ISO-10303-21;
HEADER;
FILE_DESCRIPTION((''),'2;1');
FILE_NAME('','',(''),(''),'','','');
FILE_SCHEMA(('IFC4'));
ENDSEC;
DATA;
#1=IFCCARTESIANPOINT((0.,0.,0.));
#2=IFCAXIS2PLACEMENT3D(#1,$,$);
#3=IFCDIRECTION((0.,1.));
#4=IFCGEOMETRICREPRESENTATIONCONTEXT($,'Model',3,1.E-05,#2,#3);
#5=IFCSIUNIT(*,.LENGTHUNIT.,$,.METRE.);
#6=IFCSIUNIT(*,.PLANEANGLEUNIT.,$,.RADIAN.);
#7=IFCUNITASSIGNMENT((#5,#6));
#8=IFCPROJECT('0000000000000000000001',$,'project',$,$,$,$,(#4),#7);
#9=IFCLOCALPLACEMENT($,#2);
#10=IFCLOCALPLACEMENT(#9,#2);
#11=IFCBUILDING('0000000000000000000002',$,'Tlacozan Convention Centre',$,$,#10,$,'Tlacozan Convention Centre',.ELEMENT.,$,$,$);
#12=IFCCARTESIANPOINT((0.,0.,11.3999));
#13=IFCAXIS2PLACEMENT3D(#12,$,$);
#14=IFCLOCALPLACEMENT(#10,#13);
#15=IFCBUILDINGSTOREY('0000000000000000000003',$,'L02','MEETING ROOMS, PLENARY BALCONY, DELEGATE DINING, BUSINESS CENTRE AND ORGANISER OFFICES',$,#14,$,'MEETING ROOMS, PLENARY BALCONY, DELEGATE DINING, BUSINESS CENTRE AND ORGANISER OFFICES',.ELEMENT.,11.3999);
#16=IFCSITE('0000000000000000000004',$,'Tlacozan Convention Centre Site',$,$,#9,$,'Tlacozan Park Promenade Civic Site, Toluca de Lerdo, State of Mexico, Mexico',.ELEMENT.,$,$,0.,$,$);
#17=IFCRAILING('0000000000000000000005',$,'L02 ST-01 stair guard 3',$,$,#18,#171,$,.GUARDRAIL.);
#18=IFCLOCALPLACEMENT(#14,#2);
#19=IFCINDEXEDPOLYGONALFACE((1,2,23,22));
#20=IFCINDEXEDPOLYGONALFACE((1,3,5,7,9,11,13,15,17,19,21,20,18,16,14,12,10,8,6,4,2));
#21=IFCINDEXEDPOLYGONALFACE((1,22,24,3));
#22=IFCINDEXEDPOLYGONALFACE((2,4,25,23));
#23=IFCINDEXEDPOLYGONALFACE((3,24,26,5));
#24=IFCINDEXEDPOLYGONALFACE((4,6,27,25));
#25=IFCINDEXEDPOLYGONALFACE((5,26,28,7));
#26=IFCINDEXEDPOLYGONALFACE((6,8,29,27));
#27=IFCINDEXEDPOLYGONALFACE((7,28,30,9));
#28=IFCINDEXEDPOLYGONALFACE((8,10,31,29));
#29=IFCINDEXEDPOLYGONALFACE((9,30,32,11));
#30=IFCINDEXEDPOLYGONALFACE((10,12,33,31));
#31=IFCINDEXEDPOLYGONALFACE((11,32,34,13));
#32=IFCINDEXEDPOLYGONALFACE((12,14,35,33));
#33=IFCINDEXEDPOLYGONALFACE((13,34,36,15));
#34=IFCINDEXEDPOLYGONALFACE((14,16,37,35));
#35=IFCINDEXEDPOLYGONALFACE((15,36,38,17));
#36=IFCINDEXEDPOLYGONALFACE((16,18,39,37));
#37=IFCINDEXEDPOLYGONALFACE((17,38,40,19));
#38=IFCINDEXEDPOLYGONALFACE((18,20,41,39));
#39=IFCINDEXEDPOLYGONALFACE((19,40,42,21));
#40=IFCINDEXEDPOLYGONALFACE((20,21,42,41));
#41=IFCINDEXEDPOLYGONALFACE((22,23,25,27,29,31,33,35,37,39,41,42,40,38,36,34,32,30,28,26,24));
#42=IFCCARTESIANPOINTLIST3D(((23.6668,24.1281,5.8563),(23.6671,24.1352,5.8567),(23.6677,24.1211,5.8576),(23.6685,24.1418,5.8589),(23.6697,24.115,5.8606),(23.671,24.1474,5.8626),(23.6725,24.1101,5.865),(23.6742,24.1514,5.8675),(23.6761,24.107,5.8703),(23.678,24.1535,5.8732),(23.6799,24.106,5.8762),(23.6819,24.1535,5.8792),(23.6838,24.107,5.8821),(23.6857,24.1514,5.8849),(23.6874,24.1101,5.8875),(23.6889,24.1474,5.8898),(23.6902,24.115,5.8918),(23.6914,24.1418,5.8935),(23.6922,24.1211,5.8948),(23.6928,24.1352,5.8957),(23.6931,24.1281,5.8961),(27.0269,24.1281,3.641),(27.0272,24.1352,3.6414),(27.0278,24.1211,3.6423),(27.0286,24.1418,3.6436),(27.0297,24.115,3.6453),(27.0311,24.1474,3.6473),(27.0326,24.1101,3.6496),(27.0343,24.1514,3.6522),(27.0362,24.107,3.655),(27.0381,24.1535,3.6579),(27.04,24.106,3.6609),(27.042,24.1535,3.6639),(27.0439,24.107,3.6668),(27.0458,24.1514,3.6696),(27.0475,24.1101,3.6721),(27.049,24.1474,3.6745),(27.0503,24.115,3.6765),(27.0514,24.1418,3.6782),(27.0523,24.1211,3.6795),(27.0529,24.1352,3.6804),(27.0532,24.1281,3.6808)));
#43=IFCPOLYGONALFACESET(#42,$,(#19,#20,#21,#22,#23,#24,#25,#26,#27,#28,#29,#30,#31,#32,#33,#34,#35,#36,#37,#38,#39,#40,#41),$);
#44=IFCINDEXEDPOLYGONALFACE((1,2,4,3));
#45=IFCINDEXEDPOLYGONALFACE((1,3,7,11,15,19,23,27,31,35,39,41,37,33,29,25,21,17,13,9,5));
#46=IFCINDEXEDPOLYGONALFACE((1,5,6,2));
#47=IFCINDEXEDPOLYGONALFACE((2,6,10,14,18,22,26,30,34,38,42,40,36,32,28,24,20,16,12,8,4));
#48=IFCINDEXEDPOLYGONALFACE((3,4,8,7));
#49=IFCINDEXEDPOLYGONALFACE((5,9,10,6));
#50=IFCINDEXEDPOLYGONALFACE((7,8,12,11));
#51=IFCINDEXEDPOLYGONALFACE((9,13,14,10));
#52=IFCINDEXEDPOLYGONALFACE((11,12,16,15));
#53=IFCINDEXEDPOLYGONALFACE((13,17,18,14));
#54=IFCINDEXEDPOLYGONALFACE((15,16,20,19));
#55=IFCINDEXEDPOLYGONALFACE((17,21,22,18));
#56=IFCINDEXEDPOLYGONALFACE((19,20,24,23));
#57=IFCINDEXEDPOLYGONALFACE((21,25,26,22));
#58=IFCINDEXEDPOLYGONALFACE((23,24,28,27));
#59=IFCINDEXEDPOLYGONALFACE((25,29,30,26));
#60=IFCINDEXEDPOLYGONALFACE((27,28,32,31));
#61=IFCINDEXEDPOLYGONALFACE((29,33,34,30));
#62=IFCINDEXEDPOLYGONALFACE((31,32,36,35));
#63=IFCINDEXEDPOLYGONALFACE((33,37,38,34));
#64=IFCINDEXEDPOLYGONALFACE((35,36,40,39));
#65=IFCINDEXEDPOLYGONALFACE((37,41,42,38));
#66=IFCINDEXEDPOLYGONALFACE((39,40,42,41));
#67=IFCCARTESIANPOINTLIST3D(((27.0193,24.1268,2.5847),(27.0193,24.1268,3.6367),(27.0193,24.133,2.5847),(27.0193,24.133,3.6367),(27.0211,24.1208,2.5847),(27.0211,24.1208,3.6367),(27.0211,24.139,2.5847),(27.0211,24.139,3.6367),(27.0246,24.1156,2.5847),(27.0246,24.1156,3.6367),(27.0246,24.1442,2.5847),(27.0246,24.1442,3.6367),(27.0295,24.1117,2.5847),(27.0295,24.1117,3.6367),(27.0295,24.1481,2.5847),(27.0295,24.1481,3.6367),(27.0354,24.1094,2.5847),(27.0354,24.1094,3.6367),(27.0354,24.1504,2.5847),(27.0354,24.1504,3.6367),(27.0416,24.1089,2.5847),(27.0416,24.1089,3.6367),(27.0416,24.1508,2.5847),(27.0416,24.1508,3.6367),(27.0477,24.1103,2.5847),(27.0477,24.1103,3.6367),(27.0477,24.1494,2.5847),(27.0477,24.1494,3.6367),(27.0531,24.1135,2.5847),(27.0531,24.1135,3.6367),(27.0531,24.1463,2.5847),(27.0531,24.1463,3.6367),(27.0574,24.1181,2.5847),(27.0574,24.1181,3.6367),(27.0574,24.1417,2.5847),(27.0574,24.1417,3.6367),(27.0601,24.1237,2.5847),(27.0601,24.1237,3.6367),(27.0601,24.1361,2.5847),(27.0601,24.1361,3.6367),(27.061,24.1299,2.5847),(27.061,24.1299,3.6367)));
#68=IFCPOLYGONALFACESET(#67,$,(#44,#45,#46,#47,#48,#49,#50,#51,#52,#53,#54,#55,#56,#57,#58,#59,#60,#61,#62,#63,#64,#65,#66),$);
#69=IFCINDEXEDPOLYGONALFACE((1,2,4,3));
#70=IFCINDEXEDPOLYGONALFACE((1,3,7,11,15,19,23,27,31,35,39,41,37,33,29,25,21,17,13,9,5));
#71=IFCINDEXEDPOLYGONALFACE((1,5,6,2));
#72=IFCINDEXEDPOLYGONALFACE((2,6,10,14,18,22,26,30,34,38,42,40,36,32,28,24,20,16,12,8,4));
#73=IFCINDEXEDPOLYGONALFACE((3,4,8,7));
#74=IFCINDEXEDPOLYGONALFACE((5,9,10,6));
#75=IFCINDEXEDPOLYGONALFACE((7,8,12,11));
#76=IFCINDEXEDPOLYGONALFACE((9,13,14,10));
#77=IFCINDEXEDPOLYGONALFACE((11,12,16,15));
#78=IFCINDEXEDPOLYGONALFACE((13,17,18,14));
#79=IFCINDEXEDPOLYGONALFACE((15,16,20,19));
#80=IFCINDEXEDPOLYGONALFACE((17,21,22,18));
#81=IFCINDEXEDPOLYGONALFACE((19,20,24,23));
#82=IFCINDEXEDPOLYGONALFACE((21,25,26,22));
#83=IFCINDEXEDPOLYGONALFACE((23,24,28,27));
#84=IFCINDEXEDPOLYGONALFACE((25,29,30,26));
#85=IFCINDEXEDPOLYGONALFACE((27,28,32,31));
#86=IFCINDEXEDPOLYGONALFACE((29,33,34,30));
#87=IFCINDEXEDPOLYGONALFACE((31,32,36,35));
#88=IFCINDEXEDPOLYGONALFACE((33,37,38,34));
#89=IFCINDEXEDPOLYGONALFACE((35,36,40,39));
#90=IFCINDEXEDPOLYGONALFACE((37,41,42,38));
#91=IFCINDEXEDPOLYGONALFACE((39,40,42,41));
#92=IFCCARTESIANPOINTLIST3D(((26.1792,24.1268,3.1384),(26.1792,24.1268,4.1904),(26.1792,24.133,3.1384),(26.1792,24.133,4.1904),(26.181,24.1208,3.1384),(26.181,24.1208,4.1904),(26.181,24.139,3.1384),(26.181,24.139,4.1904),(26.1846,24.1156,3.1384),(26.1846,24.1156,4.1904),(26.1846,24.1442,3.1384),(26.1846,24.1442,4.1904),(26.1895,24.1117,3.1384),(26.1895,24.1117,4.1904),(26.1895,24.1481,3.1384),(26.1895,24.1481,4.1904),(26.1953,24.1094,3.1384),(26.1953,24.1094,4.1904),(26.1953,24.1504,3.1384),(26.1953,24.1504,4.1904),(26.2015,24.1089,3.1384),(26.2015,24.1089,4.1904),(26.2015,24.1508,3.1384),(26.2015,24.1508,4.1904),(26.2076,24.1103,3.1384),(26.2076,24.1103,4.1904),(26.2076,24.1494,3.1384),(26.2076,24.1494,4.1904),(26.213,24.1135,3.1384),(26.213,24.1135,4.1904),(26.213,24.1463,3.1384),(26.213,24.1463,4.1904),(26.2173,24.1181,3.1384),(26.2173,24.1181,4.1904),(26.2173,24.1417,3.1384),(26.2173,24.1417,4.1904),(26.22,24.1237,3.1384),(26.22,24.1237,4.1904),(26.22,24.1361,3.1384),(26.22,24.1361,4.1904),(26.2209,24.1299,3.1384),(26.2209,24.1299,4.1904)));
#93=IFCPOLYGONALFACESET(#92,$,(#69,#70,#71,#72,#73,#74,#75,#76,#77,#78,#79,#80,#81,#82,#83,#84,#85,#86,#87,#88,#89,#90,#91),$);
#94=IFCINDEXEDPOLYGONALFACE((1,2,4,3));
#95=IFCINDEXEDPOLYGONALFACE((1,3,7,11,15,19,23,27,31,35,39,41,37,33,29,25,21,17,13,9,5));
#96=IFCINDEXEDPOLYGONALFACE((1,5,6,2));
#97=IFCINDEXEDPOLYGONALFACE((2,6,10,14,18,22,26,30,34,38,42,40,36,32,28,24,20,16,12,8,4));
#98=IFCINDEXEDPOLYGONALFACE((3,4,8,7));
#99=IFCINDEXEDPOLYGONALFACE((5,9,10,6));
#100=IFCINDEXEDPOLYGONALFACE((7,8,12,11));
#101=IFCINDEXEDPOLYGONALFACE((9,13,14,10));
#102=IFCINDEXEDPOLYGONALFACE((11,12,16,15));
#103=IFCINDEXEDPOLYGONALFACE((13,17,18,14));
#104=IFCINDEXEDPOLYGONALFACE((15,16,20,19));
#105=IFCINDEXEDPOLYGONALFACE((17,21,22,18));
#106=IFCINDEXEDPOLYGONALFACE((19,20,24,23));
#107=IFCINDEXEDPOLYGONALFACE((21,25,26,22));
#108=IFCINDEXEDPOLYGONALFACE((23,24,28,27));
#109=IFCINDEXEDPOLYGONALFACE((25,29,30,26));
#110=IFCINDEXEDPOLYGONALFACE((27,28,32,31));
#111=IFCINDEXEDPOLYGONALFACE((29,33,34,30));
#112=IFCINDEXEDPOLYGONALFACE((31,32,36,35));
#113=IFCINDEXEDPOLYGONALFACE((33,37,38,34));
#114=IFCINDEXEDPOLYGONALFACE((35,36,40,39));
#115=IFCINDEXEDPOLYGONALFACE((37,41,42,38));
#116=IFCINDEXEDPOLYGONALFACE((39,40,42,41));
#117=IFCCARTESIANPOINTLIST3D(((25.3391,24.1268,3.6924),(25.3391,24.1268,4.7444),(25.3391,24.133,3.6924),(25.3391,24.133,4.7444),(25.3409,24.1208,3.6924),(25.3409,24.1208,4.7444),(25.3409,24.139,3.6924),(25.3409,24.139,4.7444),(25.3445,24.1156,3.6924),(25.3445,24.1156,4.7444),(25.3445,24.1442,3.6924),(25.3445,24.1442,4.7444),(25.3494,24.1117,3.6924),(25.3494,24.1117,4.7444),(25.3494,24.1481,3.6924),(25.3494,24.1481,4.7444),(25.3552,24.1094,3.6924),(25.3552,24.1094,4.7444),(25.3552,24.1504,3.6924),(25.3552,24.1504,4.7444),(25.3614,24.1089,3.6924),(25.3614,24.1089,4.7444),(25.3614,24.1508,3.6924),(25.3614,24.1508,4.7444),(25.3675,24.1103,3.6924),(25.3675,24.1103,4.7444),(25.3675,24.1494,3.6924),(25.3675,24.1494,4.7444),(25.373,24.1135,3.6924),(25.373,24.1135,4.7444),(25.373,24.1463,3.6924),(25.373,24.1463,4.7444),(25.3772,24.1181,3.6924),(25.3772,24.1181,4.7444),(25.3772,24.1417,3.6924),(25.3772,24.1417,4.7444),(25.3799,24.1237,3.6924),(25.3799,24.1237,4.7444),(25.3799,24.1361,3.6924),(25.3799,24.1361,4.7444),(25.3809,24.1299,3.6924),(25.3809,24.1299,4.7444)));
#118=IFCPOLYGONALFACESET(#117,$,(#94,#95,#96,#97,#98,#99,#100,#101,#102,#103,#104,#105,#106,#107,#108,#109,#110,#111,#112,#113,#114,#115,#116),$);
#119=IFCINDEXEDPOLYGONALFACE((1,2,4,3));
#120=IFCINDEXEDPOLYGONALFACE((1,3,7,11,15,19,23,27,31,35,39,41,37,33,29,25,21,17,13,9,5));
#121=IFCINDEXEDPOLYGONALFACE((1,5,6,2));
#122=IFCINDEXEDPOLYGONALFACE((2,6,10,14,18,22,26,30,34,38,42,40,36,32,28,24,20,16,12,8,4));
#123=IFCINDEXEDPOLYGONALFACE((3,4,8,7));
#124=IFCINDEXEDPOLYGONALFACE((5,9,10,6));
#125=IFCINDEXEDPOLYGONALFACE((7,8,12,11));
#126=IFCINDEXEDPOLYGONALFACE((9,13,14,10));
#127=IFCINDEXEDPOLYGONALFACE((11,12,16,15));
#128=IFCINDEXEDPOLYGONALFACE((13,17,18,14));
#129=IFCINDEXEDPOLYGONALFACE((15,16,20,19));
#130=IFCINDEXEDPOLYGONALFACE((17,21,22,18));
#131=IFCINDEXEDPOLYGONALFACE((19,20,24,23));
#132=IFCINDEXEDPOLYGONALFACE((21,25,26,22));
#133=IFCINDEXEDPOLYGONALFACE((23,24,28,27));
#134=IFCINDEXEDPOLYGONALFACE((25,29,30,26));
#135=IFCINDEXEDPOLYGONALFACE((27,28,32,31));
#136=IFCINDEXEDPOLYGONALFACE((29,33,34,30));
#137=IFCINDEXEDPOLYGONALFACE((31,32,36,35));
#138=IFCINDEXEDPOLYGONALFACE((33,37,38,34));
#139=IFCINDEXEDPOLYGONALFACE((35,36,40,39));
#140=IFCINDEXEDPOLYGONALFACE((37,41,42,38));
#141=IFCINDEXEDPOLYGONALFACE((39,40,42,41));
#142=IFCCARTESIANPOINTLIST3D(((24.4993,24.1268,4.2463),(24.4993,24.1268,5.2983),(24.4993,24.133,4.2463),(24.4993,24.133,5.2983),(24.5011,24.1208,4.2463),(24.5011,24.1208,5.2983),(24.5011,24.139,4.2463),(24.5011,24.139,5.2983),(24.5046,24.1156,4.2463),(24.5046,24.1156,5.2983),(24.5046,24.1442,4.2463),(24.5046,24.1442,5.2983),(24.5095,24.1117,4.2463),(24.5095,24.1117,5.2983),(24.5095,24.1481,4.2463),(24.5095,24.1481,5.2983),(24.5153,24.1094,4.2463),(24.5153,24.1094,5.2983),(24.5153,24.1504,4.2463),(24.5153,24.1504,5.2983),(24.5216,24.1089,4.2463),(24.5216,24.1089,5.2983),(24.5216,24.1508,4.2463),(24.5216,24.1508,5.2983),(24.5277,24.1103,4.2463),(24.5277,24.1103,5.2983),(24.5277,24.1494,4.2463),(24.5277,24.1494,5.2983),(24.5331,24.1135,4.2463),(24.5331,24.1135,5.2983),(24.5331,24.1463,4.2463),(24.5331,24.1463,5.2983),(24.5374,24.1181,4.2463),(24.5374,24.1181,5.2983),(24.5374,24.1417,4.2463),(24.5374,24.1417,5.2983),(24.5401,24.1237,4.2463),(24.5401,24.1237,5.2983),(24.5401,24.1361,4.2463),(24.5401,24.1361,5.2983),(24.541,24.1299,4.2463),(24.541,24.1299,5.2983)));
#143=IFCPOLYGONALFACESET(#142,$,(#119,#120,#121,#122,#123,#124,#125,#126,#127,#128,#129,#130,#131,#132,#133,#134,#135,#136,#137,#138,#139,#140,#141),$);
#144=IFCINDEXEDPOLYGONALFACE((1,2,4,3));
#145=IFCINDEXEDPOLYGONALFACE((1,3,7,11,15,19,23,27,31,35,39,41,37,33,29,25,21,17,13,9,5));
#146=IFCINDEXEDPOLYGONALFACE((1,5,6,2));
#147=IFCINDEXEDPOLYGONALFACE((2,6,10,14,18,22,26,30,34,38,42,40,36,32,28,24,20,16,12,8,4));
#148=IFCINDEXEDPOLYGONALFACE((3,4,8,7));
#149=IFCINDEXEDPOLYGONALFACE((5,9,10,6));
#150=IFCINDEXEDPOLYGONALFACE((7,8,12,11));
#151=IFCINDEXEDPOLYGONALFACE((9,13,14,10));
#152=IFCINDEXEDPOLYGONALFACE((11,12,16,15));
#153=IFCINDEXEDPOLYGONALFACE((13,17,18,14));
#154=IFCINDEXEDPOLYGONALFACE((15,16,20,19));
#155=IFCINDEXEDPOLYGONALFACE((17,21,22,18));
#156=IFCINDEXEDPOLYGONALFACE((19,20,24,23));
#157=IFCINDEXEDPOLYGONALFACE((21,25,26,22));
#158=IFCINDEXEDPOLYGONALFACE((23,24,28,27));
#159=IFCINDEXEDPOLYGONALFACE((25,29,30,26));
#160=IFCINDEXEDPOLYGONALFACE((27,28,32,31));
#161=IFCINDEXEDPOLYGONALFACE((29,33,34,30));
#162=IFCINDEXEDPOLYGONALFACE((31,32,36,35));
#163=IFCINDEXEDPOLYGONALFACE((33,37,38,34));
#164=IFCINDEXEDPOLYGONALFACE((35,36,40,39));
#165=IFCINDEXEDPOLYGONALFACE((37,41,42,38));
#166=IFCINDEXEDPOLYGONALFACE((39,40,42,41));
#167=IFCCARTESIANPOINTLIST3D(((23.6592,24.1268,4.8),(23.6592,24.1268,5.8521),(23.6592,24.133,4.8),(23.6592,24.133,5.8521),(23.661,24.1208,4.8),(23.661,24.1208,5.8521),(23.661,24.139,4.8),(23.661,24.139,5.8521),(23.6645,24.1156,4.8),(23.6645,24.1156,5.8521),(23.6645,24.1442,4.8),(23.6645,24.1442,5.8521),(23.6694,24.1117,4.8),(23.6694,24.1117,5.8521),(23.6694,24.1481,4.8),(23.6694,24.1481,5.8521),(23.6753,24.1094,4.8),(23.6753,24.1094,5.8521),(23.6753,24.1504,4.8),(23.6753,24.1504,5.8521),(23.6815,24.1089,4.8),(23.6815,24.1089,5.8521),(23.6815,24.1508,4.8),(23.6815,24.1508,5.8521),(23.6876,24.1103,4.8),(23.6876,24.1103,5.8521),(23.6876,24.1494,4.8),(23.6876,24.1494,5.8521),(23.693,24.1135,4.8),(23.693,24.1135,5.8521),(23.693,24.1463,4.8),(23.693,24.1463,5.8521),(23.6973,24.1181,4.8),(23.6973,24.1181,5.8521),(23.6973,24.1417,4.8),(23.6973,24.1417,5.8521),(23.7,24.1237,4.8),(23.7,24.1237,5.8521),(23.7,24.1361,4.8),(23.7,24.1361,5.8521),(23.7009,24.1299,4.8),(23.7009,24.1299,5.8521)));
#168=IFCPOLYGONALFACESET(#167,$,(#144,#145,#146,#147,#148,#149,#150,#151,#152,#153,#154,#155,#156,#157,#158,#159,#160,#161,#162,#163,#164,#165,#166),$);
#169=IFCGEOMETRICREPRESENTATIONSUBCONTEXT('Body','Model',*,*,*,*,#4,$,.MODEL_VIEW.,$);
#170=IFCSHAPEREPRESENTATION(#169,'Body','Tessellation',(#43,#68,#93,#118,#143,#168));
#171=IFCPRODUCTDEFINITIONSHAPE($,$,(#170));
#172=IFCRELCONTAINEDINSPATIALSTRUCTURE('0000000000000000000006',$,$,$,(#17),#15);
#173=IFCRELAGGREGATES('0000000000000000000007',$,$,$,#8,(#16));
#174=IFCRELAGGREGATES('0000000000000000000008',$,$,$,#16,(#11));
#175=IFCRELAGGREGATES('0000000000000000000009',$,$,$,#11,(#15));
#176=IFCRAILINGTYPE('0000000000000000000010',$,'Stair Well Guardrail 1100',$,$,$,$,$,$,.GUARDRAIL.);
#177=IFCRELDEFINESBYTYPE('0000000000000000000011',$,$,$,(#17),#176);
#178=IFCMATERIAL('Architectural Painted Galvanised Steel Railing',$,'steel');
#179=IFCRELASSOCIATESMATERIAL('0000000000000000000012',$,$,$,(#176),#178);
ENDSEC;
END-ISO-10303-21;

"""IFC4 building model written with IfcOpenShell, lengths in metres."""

from ifc_helpers import new_model, si_unit, direction, frame, origin, origin_2d, place, context, subcontext, project, spatial, circle, extrude, material, type_object, element, save


model = new_model("IFC4")

# Units and contexts
model_context = context("Model", 3, precision=1e-05, world=origin(), true_north=direction((0.0, 1.0)))
body_context = subcontext(model_context, "Body", "Model", "MODEL_VIEW")
ifc_project = project(units=[si_unit("LENGTHUNIT", "METRE"), si_unit("PLANEANGLEUNIT", "RADIAN")], contexts=[model_context])

# Site, building, storey
site_placement = place(None, origin())
site = spatial("IfcSite", under=ifc_project, at=site_placement, Name="Tlacozan Convention Centre Site", LongName="Tlacozan Park Promenade Civic Site, Toluca de Lerdo, State of Mexico, Mexico", CompositionType="ELEMENT", RefElevation=0.0)
building_placement = place(site_placement, origin())
building = spatial("IfcBuilding", under=site, at=building_placement, Name="Tlacozan Convention Centre", LongName="Tlacozan Convention Centre", CompositionType="ELEMENT")
storey_placement = place(building_placement, frame((0.0, 0.0, 11.3999)))
storey = spatial("IfcBuildingStorey", under=building, at=storey_placement, Name="L02", Description="MEETING ROOMS, PLENARY BALCONY, DELEGATE DINING, BUSINESS CENTRE AND ORGANISER OFFICES", LongName="MEETING ROOMS, PLENARY BALCONY, DELEGATE DINING, BUSINESS CENTRE AND ORGANISER OFFICES", CompositionType="ELEMENT", Elevation=11.3999)

# Railing
ifc_material_1 = material(Name="Architectural Painted Galvanised Steel Railing", Category="steel")
railing_type_1 = type_object("IfcRailingType", Name="Stair Well Guardrail 1100", PredefinedType="GUARDRAIL", material=ifc_material_1)
railing_1_placement = place(storey_placement, frame((27.04, 24.1299, 2.5847)))
element("IfcRailing", 1, at=railing_1_placement, inside=storey, type_object=railing_type_1, Name="L02 ST-01 stair guard 3", PredefinedType="GUARDRAIL", context=body_context, shape_type="SweptSolid", body=[
    extrude(circle(Radius=0.0239, at=origin_2d()), frame((0.0, 0.0, 1.0762), z_axis=(-0.834876, 0.0, 0.550437), x_axis=(0.0, -1.0, 0.0)), (0.0, 0.0, 1.0), 4.0247),
    extrude(circle(Radius=0.021, at=origin_2d()), origin(), (0.0, 0.0, 1.0), 1.052),
    extrude(circle(Radius=0.021, at=origin_2d()), frame((-0.8401, 0.0, 0.5537)), (0.0, 0.0, 1.0), 1.052),
    extrude(circle(Radius=0.021, at=origin_2d()), frame((-1.6802, 0.0, 1.1077)), (0.0, 0.0, 1.0), 1.052),
    extrude(circle(Radius=0.021, at=origin_2d()), frame((-2.52, 0.0, 1.6616)), (0.0, 0.0, 1.0), 1.052),
    extrude(circle(Radius=0.021, at=origin_2d()), frame((-3.3601, 0.0, 2.2153)), (0.0, 0.0, 1.0), 1.052),
])

save(model, "model.ifc")
